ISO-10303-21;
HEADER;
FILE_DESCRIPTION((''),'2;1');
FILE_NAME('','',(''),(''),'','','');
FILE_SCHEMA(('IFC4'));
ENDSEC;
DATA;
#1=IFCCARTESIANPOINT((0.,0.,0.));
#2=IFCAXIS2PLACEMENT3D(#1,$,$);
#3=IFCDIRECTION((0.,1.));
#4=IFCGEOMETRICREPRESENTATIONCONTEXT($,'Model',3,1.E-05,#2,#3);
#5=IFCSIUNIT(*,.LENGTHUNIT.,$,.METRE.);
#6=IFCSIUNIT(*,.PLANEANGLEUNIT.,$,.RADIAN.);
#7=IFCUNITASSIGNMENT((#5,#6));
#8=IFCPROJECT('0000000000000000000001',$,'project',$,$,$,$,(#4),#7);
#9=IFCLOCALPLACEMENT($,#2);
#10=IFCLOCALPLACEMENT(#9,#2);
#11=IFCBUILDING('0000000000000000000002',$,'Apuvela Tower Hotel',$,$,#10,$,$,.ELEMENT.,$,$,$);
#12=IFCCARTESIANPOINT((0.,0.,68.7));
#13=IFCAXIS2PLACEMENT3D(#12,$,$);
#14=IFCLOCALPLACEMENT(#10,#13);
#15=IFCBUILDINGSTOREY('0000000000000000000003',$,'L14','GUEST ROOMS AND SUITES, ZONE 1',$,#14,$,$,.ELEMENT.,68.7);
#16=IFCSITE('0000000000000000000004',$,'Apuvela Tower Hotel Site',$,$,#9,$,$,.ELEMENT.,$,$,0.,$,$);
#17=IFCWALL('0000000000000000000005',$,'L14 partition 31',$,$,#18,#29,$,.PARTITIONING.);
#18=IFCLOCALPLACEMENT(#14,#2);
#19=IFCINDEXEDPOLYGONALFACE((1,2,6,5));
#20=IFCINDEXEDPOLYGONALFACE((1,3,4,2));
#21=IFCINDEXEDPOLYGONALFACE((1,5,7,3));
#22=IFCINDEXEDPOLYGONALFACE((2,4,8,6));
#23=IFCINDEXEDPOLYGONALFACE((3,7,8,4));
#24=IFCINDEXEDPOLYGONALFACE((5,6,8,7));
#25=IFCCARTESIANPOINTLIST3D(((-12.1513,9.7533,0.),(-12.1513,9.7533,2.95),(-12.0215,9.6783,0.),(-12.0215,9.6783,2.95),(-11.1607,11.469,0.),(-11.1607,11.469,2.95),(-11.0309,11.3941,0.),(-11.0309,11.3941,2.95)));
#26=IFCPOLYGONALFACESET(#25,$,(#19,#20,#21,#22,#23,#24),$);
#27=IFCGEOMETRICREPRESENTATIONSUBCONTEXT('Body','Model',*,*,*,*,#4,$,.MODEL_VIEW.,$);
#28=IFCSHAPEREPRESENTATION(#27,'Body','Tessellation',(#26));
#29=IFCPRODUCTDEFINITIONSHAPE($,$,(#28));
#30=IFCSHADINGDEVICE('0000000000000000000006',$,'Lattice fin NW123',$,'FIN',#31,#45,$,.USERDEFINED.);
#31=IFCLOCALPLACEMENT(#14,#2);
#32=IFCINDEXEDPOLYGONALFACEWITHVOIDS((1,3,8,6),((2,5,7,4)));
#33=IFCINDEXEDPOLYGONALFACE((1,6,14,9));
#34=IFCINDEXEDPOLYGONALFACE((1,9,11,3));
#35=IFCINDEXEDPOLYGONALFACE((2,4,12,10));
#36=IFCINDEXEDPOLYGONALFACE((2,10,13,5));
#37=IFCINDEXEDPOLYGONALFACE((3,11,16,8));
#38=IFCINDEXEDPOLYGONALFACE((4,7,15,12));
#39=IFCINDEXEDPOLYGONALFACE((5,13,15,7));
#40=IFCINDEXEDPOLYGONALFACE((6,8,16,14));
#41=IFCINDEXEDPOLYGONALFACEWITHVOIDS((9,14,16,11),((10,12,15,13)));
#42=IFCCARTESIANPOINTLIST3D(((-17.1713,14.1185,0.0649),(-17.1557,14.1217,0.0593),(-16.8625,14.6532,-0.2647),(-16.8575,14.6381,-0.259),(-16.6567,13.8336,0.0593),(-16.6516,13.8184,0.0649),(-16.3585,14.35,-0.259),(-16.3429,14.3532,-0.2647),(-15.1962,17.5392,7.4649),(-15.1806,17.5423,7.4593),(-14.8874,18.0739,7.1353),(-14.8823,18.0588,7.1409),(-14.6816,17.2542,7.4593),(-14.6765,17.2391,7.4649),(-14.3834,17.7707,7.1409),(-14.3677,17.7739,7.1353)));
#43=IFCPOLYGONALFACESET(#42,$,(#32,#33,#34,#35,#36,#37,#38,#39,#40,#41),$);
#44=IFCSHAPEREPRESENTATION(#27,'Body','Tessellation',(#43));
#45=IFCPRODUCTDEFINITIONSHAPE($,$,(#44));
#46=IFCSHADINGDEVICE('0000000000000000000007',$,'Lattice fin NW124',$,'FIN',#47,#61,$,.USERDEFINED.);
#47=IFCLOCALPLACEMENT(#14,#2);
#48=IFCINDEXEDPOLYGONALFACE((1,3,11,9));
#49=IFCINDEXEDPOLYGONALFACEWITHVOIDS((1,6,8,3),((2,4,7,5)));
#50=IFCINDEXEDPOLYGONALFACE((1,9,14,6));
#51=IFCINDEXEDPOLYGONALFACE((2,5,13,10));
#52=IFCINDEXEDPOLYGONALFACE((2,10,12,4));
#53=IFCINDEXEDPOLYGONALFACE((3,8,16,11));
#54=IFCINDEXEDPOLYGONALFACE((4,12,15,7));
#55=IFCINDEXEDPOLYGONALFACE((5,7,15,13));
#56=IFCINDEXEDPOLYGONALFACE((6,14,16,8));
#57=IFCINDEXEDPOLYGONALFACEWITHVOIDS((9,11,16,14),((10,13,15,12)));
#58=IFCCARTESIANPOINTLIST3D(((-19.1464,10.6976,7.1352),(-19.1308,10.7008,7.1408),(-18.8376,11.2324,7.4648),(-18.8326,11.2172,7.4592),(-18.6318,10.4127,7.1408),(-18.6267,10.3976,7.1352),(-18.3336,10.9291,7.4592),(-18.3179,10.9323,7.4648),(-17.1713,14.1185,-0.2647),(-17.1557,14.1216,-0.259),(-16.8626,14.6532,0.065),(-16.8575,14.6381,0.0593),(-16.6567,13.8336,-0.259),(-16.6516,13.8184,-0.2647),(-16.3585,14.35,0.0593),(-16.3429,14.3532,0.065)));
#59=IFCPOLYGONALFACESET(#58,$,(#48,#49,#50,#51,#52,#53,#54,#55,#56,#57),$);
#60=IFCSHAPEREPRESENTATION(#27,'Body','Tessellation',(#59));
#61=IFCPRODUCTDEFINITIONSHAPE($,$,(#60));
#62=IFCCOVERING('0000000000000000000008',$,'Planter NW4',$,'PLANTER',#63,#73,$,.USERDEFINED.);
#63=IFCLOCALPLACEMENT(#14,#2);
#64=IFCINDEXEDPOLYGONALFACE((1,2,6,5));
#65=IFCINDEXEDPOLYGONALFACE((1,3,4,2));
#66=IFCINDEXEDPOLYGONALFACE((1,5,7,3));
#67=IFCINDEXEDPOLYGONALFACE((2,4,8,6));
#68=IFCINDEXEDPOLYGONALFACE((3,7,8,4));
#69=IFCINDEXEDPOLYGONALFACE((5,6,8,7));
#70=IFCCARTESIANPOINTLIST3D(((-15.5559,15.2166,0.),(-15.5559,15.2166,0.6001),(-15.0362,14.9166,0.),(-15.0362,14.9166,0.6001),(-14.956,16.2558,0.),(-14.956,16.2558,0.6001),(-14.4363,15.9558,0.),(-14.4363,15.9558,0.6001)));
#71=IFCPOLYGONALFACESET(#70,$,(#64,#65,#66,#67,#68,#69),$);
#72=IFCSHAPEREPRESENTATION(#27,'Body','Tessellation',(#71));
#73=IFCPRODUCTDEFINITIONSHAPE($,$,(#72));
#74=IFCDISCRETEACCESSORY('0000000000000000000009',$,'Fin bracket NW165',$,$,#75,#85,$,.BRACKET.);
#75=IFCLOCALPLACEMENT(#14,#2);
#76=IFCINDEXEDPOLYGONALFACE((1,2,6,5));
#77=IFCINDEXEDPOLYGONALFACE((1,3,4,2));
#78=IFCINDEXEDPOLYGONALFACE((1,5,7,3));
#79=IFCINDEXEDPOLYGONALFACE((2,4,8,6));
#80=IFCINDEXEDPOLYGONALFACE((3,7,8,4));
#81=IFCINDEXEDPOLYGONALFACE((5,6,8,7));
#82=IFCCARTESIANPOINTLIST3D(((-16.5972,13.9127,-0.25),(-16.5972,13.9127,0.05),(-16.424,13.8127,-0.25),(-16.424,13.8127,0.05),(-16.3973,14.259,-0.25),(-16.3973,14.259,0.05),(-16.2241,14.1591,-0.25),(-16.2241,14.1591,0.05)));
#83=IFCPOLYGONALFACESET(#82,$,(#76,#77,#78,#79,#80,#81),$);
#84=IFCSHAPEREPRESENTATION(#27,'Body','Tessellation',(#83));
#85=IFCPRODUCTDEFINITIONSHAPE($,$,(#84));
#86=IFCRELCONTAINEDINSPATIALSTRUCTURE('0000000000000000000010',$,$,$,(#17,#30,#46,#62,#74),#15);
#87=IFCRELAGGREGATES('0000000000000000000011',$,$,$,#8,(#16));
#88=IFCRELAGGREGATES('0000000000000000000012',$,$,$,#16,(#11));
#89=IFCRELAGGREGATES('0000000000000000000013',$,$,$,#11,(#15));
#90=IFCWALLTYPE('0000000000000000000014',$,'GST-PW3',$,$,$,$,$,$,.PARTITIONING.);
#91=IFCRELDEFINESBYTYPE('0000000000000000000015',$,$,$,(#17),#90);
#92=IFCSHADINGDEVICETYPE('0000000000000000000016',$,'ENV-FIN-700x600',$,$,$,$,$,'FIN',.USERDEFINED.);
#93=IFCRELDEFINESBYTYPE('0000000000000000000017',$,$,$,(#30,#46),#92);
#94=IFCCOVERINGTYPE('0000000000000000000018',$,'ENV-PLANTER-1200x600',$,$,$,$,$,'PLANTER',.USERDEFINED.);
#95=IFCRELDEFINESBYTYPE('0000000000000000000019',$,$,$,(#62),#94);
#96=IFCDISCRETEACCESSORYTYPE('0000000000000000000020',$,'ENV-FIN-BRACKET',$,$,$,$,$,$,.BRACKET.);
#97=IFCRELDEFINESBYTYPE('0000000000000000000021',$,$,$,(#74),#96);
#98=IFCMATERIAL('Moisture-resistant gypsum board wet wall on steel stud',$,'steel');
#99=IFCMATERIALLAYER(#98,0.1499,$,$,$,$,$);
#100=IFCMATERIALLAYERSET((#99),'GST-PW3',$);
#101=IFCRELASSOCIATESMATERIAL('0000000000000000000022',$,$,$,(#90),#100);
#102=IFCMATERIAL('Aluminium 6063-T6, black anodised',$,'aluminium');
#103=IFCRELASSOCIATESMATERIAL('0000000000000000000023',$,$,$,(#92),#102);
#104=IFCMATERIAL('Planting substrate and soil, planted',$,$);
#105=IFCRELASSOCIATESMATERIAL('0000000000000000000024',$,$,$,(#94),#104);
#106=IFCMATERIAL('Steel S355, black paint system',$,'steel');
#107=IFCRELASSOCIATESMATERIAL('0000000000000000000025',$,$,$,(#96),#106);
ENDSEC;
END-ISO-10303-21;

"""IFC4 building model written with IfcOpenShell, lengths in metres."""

from ifc_helpers import new_model, si_unit, direction, frame, frame_2d, origin, origin_2d, place, context, subcontext, project, spatial, rectangle, hollow_rectangle, extrude, material, layer, layer_set, material_profile, profile_set, type_object, element, save


model = new_model("IFC4")

# Units and contexts
model_context = context("Model", 3, precision=1e-05, world=origin(), true_north=direction((0.0, 1.0)))
body_context = subcontext(model_context, "Body", "Model", "MODEL_VIEW")
ifc_project = project(units=[si_unit("LENGTHUNIT", "METRE"), si_unit("PLANEANGLEUNIT", "RADIAN")], contexts=[model_context])

# Site, building, storey
site_placement = place(None, origin())
site = spatial("IfcSite", under=ifc_project, at=site_placement, Name="Apuvela Tower Hotel Site", CompositionType="ELEMENT", RefElevation=0.0)
building_placement = place(site_placement, origin())
building = spatial("IfcBuilding", under=site, at=building_placement, Name="Apuvela Tower Hotel", CompositionType="ELEMENT")
storey_placement = place(building_placement, frame((0.0, 0.0, 68.7)))
storey = spatial("IfcBuildingStorey", under=building, at=storey_placement, Name="L14", Description="GUEST ROOMS AND SUITES, ZONE 1", CompositionType="ELEMENT", Elevation=68.7)

# Wall
ifc_material_1 = material(Name="Moisture-resistant gypsum board wet wall on steel stud", Category="steel")
ifc_layer_1 = layer(ifc_material_1, 0.1499)
ifc_layer_set_1 = layer_set([ifc_layer_1], Name="GST-PW3")
wall_type_1 = type_object("IfcWallType", Name="GST-PW3", PredefinedType="PARTITIONING", material=ifc_layer_set_1)
wall_1_placement = place(storey_placement, frame((-11.0957, 11.4316, 0.0), z_axis=(0.0, 0.0, 1.0), x_axis=(-0.500035, -0.866005, 0.0)))
element("IfcWall", 1, at=wall_1_placement, inside=storey, type_object=wall_type_1, Name="L14 partition 31", PredefinedType="PARTITIONING", context=body_context, shape_type="SweptSolid", body=[
    extrude(rectangle(XDim=1.9812, YDim=0.1499, at=frame_2d((0.9907, 0.0))), origin(), (0.0, 0.0, 1.0), 2.95),
])

# Shading devices
ifc_material_2 = material(Name="Aluminium 6063-T6, black anodised", Category="aluminium")
ifc_material_profile_1 = material_profile(ifc_material_2, hollow_rectangle(XDim=0.6001, YDim=0.7, WallThickness=0.012, at=origin_2d()), Name="AL BOX 700x600x12")
ifc_profile_set_1 = profile_set([ifc_material_profile_1], Name="Aluminium 6063-T6, black anodised")
shading_device_type = type_object("IfcShadingDeviceType", Name="ENV-FIN-700x600", ElementType="FIN", PredefinedType="USERDEFINED", material=ifc_profile_set_1)
for number, where, z_axis, x_axis, name in (
    (2, (-16.7571, 14.2358, -0.0999), (0.235464, 0.407798, 0.882189), (-0.866005, 0.500035, 0.0), "Lattice fin NW123"),
    (3, (-16.7571, 14.2358, -0.0999), (-0.235461, -0.407822, 0.882179), (0.866021, -0.500008, 0.0), "Lattice fin NW124"),
):
    element("IfcShadingDevice", number, at=place(storey_placement, frame(where, z_axis=z_axis, x_axis=x_axis)), inside=storey, type_object=shading_device_type, Name=name, ObjectType="FIN", PredefinedType="USERDEFINED", context=body_context, shape_type="SweptSolid", body=[
        extrude(hollow_rectangle(XDim=0.6001, YDim=0.7, WallThickness=0.012, at=origin_2d()), origin(), (0.0, 0.0, 1.0), 8.3882),
    ])

# Covering
ifc_material_3 = material(Name="Planting substrate and soil, planted")
covering_type = type_object("IfcCoveringType", Name="ENV-PLANTER-1200x600", ElementType="PLANTER", PredefinedType="USERDEFINED", material=ifc_material_3)
covering_placement = place(storey_placement, frame((-14.9961, 15.5862, 0.0), z_axis=(0.0, 0.0, 1.0), x_axis=(-0.5, -0.866025, 0.0)))
element("IfcCovering", 4, at=covering_placement, inside=storey, type_object=covering_type, Name="Planter NW4", ObjectType="PLANTER", PredefinedType="USERDEFINED", context=body_context, shape_type="SweptSolid", body=[
    extrude(rectangle(XDim=1.2, YDim=0.6001, at=origin_2d()), origin(), (0.0, 0.0, 1.0), 0.6001),
])

# Discrete accessory
ifc_material_4 = material(Name="Steel S355, black paint system", Category="steel")
discrete_accessory_type = type_object("IfcDiscreteAccessoryType", Name="ENV-FIN-BRACKET", PredefinedType="BRACKET", material=ifc_material_4)
discrete_accessory_placement = place(storey_placement, frame((-16.4106, 14.0359, -0.25), z_axis=(0.0, 0.0, 1.0), x_axis=(-0.5, -0.866025, 0.0)))
element("IfcDiscreteAccessory", 5, at=discrete_accessory_placement, inside=storey, type_object=discrete_accessory_type, Name="Fin bracket NW165", PredefinedType="BRACKET", context=body_context, shape_type="SweptSolid", body=[
    extrude(rectangle(XDim=0.3999, YDim=0.2, at=origin_2d()), origin(), (0.0, 0.0, 1.0), 0.3),
])

save(model, "model.ifc")
